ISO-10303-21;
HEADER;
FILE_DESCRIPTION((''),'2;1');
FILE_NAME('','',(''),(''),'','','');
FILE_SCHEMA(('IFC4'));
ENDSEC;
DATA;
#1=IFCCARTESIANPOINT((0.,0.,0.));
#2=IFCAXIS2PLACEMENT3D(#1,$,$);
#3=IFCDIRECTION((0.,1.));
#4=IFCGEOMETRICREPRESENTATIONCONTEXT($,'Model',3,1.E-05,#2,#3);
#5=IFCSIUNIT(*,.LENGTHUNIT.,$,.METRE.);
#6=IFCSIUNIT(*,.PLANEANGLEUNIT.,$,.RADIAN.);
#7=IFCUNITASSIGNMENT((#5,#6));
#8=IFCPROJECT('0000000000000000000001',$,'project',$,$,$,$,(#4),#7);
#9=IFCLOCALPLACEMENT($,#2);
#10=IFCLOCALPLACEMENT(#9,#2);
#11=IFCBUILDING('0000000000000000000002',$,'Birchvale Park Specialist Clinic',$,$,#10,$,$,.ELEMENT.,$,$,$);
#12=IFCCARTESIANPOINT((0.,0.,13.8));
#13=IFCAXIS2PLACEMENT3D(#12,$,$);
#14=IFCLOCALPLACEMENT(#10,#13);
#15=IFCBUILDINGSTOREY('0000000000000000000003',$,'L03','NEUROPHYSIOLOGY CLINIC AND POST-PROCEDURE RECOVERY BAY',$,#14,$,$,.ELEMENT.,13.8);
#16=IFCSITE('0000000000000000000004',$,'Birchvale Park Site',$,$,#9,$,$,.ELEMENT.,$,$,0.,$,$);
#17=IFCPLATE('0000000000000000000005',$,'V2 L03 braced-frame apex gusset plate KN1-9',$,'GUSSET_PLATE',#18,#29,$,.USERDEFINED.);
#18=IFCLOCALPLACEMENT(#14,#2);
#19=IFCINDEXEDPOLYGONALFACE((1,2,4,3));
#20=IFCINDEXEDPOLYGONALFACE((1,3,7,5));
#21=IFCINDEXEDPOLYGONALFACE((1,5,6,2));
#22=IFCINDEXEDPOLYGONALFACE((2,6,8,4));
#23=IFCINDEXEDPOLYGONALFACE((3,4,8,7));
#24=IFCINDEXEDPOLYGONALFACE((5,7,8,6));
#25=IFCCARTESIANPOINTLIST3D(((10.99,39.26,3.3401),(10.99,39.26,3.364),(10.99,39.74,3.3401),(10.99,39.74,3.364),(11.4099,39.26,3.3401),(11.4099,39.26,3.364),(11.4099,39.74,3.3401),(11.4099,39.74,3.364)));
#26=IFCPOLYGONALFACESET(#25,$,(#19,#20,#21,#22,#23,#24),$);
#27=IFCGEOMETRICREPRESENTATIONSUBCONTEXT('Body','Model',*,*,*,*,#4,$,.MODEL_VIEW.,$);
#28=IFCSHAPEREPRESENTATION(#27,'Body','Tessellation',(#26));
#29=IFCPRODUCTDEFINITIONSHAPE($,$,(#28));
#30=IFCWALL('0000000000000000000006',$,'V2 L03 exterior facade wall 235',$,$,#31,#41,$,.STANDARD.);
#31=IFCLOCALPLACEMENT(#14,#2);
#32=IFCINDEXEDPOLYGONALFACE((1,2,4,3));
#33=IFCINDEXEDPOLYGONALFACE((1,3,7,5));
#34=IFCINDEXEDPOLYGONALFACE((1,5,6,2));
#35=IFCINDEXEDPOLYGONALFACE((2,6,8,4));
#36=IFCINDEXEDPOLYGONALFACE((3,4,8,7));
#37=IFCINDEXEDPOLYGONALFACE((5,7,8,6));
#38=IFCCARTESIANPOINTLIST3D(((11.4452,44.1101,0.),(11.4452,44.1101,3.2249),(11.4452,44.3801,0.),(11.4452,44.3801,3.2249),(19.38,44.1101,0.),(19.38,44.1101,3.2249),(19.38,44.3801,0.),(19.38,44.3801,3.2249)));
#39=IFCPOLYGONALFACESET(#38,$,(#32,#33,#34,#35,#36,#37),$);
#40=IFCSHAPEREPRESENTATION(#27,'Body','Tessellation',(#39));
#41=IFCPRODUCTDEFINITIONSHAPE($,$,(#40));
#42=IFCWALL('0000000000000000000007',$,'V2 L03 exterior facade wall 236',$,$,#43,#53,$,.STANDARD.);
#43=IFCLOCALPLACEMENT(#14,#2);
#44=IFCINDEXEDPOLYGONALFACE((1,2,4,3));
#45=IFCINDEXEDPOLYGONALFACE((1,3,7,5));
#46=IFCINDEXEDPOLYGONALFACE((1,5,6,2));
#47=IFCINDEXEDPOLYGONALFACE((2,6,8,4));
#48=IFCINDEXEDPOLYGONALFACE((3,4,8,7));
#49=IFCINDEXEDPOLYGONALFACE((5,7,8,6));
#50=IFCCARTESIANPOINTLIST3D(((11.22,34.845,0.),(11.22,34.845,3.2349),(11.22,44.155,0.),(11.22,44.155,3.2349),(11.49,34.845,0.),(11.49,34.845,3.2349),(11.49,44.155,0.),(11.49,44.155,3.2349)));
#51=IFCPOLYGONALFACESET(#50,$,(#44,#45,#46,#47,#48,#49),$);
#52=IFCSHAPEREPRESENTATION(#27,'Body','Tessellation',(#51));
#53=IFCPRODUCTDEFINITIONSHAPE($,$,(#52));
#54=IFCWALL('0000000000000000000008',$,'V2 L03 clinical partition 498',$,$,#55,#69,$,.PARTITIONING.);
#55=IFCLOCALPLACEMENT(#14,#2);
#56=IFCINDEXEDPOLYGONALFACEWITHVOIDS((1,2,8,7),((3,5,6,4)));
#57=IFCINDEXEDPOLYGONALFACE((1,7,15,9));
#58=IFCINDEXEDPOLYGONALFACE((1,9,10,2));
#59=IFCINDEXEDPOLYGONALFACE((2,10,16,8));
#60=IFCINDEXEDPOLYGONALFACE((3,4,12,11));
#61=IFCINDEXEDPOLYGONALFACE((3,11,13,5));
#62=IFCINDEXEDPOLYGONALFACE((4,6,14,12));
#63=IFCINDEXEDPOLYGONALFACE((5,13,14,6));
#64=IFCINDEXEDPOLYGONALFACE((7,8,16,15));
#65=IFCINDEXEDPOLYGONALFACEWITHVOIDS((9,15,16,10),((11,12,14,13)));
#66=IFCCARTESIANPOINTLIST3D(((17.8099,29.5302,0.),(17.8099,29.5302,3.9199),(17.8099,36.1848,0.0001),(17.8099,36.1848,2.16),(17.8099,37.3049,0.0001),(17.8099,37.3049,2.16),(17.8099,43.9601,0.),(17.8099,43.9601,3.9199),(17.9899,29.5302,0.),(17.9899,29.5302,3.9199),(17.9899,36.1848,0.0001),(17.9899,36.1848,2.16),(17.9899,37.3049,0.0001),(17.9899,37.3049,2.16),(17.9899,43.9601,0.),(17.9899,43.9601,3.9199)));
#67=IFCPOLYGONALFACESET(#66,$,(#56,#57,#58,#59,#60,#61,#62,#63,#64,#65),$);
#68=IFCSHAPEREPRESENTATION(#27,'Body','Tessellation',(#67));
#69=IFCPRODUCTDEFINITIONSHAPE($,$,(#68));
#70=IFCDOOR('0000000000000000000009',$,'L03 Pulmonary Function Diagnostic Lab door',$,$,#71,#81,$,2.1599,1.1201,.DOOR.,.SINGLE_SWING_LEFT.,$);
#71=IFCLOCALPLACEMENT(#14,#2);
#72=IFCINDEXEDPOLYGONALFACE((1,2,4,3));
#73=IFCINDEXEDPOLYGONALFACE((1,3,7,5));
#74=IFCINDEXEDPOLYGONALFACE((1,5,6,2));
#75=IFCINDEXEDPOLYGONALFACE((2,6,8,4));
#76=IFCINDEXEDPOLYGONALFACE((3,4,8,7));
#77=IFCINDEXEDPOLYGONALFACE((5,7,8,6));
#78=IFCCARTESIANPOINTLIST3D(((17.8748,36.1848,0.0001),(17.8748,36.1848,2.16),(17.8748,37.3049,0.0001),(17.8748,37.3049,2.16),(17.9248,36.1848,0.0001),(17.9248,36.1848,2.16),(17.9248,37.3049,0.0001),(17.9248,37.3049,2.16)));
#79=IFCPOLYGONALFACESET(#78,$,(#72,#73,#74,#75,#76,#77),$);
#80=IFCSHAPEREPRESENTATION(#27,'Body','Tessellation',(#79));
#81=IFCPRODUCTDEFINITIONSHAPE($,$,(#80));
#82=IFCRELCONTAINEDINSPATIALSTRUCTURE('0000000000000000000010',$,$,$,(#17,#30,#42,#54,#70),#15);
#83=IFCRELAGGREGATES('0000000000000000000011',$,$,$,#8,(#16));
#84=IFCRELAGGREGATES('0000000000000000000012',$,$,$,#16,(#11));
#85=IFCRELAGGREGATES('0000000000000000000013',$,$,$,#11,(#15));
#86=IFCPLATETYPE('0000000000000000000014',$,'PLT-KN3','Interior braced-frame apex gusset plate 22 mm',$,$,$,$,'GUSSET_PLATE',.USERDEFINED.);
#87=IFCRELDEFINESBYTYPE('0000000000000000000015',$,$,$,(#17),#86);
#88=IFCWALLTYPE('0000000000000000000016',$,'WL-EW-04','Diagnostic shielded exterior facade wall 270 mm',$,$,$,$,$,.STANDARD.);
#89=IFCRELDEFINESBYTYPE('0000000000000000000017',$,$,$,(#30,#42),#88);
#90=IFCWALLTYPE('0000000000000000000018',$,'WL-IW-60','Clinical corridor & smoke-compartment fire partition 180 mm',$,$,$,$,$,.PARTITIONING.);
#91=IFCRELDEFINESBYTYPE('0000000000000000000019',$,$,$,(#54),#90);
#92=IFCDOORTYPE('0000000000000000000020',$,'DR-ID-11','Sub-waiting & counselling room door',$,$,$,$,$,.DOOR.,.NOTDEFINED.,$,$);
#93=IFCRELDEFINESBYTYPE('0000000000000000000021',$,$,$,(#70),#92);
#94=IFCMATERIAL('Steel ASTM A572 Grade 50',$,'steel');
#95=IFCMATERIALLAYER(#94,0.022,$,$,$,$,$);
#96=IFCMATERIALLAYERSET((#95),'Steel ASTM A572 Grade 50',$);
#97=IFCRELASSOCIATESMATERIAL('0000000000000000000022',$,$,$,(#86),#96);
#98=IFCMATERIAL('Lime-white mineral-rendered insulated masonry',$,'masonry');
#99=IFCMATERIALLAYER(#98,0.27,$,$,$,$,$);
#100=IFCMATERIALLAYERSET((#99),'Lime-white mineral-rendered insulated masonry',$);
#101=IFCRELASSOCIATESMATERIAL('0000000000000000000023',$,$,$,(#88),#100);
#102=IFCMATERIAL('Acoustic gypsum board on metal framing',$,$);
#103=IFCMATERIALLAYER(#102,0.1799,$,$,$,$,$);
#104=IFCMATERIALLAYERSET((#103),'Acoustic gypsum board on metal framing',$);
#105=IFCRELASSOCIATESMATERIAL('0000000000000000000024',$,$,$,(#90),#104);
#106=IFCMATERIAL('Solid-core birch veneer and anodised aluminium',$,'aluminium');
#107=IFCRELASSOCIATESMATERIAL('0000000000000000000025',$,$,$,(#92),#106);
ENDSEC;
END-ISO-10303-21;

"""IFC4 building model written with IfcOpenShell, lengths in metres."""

from ifc_helpers import new_model, si_unit, direction, frame, frame_2d, origin, origin_2d, place, context, subcontext, project, spatial, rectangle, extrude, material, layer, layer_set, type_object, element, fill, save


model = new_model("IFC4")

# Units and contexts
model_context = context("Model", 3, precision=1e-05, world=origin(), true_north=direction((0.0, 1.0)))
body_context = subcontext(model_context, "Body", "Model", "MODEL_VIEW")
ifc_project = project(units=[si_unit("LENGTHUNIT", "METRE"), si_unit("PLANEANGLEUNIT", "RADIAN")], contexts=[model_context])

# Site, building, storey
site_placement = place(None, origin())
site = spatial("IfcSite", under=ifc_project, at=site_placement, Name="Birchvale Park Site", CompositionType="ELEMENT", RefElevation=0.0)
building_placement = place(site_placement, origin())
building = spatial("IfcBuilding", under=site, at=building_placement, Name="Birchvale Park Specialist Clinic", CompositionType="ELEMENT")
storey_placement = place(building_placement, frame((0.0, 0.0, 13.8)))
storey = spatial("IfcBuildingStorey", under=building, at=storey_placement, Name="L03", Description="NEUROPHYSIOLOGY CLINIC AND POST-PROCEDURE RECOVERY BAY", CompositionType="ELEMENT", Elevation=13.8)

# Plate
ifc_material_1 = material(Name="Steel ASTM A572 Grade 50", Category="steel")
ifc_layer_1 = layer(ifc_material_1, 0.022)
ifc_layer_set_1 = layer_set([ifc_layer_1], Name="Steel ASTM A572 Grade 50")
plate_type_1 = type_object("IfcPlateType", Name="PLT-KN3", Description="Interior braced-frame apex gusset plate 22 mm", ElementType="GUSSET_PLATE", PredefinedType="USERDEFINED", material=ifc_layer_set_1)
plate_1_placement = place(storey_placement, frame((11.2, 39.5, 3.3401), z_axis=(0.0, 0.0, 1.0), x_axis=(1.0, 0.0, 0.0)))
element("IfcPlate", 1, at=plate_1_placement, inside=storey, type_object=plate_type_1, Name="V2 L03 braced-frame apex gusset plate KN1-9", ObjectType="GUSSET_PLATE", PredefinedType="USERDEFINED", context=body_context, shape_type="SweptSolid", body=[
    extrude(rectangle(XDim=0.4199, YDim=0.48, at=origin_2d()), origin(), (0.0, 0.0, 1.0), 0.0239),
])

# Walls
ifc_material_2 = material(Name="Lime-white mineral-rendered insulated masonry", Category="masonry")
ifc_layer_2 = layer(ifc_material_2, 0.27)
ifc_layer_set_2 = layer_set([ifc_layer_2], Name="Lime-white mineral-rendered insulated masonry")
wall_type_1 = type_object("IfcWallType", Name="WL-EW-04", Description="Diagnostic shielded exterior facade wall 270 mm", PredefinedType="STANDARD", material=ifc_layer_set_2)
wall_1_placement = place(storey_placement, frame((19.3799, 44.2451, 0.0), z_axis=(0.0, 0.0, 1.0), x_axis=(-1.0, 0.0, 0.0)))
element("IfcWall", 2, at=wall_1_placement, inside=storey, type_object=wall_type_1, Name="V2 L03 exterior facade wall 235", PredefinedType="STANDARD", context=body_context, shape_type="SweptSolid", body=[
    extrude(rectangle(XDim=7.9348, YDim=0.27, at=frame_2d((3.9673, 0.0))), origin(), (0.0, 0.0, 1.0), 3.2249),
])
wall_2_placement = place(storey_placement, frame((11.355, 44.155, 0.0), z_axis=(0.0, 0.0, 1.0), x_axis=(0.0, -1.0, 0.0)))
element("IfcWall", 3, at=wall_2_placement, inside=storey, type_object=wall_type_1, Name="V2 L03 exterior facade wall 236", PredefinedType="STANDARD", context=body_context, shape_type="SweptSolid", body=[
    extrude(rectangle(XDim=9.3101, YDim=0.27, at=frame_2d((4.655, 0.0))), origin(), (0.0, 0.0, 1.0), 3.2349),
])

# Wall, opening, door
ifc_material_3 = material(Name="Acoustic gypsum board on metal framing")
ifc_layer_3 = layer(ifc_material_3, 0.1799)
ifc_layer_set_3 = layer_set([ifc_layer_3], Name="Acoustic gypsum board on metal framing")
wall_type_2 = type_object("IfcWallType", Name="WL-IW-60", Description="Clinical corridor & smoke-compartment fire partition 180 mm", PredefinedType="PARTITIONING", material=ifc_layer_set_3)
wall_3_placement = place(storey_placement, frame((17.8999, 43.96, 0.0), z_axis=(0.0, 0.0, 1.0), x_axis=(0.0, -1.0, 0.0)))
wall_3 = element("IfcWall", 4, at=wall_3_placement, inside=storey, type_object=wall_type_2, Name="V2 L03 clinical partition 498", PredefinedType="PARTITIONING", context=body_context, shape_type="SweptSolid", body=[
    extrude(rectangle(XDim=14.4299, YDim=0.1799, at=frame_2d((7.2148, 0.0))), origin(), (0.0, 0.0, 1.0), 3.9199),
])
opening_placement = place(wall_3_placement, frame((6.655, 0.0, 0.0)))
opening = element("IfcOpeningElement", 5, at=opening_placement, cuts=wall_3, PredefinedType="OPENING", context=body_context, shape_type="SweptSolid", body=[
    extrude(rectangle(XDim=1.1201, YDim=2.1599, at=frame_2d((0.5601, 1.0801))), frame((0.0, 0.1001, 0.0), z_axis=(0.0, -1.0, 0.0), x_axis=(1.0, 0.0, 0.0)), (0.0, 0.0, 1.0), 0.2),
])
ifc_material_4 = material(Name="Solid-core birch veneer and anodised aluminium", Category="aluminium")
door_type = type_object("IfcDoorType", Name="DR-ID-11", Description="Sub-waiting & counselling room door", OperationType="NOTDEFINED", PredefinedType="DOOR", material=ifc_material_4)
door_placement = place(opening_placement, origin())
door = element("IfcDoor", 6, at=door_placement, inside=storey, type_object=door_type, Name="L03 Pulmonary Function Diagnostic Lab door", OperationType="SINGLE_SWING_LEFT", OverallHeight=2.1599, OverallWidth=1.1201, PredefinedType="DOOR", context=body_context, shape_type="SweptSolid", body=[
    extrude(rectangle(XDim=1.1201, YDim=2.1599, at=frame_2d((0.5601, 1.0801))), frame((0.0, 0.0249, 0.0), z_axis=(0.0, -1.0, 0.0), x_axis=(1.0, 0.0, 0.0)), (0.0, 0.0, 1.0), 0.05),
])
fill(opening, door)

save(model, "model.ifc")
